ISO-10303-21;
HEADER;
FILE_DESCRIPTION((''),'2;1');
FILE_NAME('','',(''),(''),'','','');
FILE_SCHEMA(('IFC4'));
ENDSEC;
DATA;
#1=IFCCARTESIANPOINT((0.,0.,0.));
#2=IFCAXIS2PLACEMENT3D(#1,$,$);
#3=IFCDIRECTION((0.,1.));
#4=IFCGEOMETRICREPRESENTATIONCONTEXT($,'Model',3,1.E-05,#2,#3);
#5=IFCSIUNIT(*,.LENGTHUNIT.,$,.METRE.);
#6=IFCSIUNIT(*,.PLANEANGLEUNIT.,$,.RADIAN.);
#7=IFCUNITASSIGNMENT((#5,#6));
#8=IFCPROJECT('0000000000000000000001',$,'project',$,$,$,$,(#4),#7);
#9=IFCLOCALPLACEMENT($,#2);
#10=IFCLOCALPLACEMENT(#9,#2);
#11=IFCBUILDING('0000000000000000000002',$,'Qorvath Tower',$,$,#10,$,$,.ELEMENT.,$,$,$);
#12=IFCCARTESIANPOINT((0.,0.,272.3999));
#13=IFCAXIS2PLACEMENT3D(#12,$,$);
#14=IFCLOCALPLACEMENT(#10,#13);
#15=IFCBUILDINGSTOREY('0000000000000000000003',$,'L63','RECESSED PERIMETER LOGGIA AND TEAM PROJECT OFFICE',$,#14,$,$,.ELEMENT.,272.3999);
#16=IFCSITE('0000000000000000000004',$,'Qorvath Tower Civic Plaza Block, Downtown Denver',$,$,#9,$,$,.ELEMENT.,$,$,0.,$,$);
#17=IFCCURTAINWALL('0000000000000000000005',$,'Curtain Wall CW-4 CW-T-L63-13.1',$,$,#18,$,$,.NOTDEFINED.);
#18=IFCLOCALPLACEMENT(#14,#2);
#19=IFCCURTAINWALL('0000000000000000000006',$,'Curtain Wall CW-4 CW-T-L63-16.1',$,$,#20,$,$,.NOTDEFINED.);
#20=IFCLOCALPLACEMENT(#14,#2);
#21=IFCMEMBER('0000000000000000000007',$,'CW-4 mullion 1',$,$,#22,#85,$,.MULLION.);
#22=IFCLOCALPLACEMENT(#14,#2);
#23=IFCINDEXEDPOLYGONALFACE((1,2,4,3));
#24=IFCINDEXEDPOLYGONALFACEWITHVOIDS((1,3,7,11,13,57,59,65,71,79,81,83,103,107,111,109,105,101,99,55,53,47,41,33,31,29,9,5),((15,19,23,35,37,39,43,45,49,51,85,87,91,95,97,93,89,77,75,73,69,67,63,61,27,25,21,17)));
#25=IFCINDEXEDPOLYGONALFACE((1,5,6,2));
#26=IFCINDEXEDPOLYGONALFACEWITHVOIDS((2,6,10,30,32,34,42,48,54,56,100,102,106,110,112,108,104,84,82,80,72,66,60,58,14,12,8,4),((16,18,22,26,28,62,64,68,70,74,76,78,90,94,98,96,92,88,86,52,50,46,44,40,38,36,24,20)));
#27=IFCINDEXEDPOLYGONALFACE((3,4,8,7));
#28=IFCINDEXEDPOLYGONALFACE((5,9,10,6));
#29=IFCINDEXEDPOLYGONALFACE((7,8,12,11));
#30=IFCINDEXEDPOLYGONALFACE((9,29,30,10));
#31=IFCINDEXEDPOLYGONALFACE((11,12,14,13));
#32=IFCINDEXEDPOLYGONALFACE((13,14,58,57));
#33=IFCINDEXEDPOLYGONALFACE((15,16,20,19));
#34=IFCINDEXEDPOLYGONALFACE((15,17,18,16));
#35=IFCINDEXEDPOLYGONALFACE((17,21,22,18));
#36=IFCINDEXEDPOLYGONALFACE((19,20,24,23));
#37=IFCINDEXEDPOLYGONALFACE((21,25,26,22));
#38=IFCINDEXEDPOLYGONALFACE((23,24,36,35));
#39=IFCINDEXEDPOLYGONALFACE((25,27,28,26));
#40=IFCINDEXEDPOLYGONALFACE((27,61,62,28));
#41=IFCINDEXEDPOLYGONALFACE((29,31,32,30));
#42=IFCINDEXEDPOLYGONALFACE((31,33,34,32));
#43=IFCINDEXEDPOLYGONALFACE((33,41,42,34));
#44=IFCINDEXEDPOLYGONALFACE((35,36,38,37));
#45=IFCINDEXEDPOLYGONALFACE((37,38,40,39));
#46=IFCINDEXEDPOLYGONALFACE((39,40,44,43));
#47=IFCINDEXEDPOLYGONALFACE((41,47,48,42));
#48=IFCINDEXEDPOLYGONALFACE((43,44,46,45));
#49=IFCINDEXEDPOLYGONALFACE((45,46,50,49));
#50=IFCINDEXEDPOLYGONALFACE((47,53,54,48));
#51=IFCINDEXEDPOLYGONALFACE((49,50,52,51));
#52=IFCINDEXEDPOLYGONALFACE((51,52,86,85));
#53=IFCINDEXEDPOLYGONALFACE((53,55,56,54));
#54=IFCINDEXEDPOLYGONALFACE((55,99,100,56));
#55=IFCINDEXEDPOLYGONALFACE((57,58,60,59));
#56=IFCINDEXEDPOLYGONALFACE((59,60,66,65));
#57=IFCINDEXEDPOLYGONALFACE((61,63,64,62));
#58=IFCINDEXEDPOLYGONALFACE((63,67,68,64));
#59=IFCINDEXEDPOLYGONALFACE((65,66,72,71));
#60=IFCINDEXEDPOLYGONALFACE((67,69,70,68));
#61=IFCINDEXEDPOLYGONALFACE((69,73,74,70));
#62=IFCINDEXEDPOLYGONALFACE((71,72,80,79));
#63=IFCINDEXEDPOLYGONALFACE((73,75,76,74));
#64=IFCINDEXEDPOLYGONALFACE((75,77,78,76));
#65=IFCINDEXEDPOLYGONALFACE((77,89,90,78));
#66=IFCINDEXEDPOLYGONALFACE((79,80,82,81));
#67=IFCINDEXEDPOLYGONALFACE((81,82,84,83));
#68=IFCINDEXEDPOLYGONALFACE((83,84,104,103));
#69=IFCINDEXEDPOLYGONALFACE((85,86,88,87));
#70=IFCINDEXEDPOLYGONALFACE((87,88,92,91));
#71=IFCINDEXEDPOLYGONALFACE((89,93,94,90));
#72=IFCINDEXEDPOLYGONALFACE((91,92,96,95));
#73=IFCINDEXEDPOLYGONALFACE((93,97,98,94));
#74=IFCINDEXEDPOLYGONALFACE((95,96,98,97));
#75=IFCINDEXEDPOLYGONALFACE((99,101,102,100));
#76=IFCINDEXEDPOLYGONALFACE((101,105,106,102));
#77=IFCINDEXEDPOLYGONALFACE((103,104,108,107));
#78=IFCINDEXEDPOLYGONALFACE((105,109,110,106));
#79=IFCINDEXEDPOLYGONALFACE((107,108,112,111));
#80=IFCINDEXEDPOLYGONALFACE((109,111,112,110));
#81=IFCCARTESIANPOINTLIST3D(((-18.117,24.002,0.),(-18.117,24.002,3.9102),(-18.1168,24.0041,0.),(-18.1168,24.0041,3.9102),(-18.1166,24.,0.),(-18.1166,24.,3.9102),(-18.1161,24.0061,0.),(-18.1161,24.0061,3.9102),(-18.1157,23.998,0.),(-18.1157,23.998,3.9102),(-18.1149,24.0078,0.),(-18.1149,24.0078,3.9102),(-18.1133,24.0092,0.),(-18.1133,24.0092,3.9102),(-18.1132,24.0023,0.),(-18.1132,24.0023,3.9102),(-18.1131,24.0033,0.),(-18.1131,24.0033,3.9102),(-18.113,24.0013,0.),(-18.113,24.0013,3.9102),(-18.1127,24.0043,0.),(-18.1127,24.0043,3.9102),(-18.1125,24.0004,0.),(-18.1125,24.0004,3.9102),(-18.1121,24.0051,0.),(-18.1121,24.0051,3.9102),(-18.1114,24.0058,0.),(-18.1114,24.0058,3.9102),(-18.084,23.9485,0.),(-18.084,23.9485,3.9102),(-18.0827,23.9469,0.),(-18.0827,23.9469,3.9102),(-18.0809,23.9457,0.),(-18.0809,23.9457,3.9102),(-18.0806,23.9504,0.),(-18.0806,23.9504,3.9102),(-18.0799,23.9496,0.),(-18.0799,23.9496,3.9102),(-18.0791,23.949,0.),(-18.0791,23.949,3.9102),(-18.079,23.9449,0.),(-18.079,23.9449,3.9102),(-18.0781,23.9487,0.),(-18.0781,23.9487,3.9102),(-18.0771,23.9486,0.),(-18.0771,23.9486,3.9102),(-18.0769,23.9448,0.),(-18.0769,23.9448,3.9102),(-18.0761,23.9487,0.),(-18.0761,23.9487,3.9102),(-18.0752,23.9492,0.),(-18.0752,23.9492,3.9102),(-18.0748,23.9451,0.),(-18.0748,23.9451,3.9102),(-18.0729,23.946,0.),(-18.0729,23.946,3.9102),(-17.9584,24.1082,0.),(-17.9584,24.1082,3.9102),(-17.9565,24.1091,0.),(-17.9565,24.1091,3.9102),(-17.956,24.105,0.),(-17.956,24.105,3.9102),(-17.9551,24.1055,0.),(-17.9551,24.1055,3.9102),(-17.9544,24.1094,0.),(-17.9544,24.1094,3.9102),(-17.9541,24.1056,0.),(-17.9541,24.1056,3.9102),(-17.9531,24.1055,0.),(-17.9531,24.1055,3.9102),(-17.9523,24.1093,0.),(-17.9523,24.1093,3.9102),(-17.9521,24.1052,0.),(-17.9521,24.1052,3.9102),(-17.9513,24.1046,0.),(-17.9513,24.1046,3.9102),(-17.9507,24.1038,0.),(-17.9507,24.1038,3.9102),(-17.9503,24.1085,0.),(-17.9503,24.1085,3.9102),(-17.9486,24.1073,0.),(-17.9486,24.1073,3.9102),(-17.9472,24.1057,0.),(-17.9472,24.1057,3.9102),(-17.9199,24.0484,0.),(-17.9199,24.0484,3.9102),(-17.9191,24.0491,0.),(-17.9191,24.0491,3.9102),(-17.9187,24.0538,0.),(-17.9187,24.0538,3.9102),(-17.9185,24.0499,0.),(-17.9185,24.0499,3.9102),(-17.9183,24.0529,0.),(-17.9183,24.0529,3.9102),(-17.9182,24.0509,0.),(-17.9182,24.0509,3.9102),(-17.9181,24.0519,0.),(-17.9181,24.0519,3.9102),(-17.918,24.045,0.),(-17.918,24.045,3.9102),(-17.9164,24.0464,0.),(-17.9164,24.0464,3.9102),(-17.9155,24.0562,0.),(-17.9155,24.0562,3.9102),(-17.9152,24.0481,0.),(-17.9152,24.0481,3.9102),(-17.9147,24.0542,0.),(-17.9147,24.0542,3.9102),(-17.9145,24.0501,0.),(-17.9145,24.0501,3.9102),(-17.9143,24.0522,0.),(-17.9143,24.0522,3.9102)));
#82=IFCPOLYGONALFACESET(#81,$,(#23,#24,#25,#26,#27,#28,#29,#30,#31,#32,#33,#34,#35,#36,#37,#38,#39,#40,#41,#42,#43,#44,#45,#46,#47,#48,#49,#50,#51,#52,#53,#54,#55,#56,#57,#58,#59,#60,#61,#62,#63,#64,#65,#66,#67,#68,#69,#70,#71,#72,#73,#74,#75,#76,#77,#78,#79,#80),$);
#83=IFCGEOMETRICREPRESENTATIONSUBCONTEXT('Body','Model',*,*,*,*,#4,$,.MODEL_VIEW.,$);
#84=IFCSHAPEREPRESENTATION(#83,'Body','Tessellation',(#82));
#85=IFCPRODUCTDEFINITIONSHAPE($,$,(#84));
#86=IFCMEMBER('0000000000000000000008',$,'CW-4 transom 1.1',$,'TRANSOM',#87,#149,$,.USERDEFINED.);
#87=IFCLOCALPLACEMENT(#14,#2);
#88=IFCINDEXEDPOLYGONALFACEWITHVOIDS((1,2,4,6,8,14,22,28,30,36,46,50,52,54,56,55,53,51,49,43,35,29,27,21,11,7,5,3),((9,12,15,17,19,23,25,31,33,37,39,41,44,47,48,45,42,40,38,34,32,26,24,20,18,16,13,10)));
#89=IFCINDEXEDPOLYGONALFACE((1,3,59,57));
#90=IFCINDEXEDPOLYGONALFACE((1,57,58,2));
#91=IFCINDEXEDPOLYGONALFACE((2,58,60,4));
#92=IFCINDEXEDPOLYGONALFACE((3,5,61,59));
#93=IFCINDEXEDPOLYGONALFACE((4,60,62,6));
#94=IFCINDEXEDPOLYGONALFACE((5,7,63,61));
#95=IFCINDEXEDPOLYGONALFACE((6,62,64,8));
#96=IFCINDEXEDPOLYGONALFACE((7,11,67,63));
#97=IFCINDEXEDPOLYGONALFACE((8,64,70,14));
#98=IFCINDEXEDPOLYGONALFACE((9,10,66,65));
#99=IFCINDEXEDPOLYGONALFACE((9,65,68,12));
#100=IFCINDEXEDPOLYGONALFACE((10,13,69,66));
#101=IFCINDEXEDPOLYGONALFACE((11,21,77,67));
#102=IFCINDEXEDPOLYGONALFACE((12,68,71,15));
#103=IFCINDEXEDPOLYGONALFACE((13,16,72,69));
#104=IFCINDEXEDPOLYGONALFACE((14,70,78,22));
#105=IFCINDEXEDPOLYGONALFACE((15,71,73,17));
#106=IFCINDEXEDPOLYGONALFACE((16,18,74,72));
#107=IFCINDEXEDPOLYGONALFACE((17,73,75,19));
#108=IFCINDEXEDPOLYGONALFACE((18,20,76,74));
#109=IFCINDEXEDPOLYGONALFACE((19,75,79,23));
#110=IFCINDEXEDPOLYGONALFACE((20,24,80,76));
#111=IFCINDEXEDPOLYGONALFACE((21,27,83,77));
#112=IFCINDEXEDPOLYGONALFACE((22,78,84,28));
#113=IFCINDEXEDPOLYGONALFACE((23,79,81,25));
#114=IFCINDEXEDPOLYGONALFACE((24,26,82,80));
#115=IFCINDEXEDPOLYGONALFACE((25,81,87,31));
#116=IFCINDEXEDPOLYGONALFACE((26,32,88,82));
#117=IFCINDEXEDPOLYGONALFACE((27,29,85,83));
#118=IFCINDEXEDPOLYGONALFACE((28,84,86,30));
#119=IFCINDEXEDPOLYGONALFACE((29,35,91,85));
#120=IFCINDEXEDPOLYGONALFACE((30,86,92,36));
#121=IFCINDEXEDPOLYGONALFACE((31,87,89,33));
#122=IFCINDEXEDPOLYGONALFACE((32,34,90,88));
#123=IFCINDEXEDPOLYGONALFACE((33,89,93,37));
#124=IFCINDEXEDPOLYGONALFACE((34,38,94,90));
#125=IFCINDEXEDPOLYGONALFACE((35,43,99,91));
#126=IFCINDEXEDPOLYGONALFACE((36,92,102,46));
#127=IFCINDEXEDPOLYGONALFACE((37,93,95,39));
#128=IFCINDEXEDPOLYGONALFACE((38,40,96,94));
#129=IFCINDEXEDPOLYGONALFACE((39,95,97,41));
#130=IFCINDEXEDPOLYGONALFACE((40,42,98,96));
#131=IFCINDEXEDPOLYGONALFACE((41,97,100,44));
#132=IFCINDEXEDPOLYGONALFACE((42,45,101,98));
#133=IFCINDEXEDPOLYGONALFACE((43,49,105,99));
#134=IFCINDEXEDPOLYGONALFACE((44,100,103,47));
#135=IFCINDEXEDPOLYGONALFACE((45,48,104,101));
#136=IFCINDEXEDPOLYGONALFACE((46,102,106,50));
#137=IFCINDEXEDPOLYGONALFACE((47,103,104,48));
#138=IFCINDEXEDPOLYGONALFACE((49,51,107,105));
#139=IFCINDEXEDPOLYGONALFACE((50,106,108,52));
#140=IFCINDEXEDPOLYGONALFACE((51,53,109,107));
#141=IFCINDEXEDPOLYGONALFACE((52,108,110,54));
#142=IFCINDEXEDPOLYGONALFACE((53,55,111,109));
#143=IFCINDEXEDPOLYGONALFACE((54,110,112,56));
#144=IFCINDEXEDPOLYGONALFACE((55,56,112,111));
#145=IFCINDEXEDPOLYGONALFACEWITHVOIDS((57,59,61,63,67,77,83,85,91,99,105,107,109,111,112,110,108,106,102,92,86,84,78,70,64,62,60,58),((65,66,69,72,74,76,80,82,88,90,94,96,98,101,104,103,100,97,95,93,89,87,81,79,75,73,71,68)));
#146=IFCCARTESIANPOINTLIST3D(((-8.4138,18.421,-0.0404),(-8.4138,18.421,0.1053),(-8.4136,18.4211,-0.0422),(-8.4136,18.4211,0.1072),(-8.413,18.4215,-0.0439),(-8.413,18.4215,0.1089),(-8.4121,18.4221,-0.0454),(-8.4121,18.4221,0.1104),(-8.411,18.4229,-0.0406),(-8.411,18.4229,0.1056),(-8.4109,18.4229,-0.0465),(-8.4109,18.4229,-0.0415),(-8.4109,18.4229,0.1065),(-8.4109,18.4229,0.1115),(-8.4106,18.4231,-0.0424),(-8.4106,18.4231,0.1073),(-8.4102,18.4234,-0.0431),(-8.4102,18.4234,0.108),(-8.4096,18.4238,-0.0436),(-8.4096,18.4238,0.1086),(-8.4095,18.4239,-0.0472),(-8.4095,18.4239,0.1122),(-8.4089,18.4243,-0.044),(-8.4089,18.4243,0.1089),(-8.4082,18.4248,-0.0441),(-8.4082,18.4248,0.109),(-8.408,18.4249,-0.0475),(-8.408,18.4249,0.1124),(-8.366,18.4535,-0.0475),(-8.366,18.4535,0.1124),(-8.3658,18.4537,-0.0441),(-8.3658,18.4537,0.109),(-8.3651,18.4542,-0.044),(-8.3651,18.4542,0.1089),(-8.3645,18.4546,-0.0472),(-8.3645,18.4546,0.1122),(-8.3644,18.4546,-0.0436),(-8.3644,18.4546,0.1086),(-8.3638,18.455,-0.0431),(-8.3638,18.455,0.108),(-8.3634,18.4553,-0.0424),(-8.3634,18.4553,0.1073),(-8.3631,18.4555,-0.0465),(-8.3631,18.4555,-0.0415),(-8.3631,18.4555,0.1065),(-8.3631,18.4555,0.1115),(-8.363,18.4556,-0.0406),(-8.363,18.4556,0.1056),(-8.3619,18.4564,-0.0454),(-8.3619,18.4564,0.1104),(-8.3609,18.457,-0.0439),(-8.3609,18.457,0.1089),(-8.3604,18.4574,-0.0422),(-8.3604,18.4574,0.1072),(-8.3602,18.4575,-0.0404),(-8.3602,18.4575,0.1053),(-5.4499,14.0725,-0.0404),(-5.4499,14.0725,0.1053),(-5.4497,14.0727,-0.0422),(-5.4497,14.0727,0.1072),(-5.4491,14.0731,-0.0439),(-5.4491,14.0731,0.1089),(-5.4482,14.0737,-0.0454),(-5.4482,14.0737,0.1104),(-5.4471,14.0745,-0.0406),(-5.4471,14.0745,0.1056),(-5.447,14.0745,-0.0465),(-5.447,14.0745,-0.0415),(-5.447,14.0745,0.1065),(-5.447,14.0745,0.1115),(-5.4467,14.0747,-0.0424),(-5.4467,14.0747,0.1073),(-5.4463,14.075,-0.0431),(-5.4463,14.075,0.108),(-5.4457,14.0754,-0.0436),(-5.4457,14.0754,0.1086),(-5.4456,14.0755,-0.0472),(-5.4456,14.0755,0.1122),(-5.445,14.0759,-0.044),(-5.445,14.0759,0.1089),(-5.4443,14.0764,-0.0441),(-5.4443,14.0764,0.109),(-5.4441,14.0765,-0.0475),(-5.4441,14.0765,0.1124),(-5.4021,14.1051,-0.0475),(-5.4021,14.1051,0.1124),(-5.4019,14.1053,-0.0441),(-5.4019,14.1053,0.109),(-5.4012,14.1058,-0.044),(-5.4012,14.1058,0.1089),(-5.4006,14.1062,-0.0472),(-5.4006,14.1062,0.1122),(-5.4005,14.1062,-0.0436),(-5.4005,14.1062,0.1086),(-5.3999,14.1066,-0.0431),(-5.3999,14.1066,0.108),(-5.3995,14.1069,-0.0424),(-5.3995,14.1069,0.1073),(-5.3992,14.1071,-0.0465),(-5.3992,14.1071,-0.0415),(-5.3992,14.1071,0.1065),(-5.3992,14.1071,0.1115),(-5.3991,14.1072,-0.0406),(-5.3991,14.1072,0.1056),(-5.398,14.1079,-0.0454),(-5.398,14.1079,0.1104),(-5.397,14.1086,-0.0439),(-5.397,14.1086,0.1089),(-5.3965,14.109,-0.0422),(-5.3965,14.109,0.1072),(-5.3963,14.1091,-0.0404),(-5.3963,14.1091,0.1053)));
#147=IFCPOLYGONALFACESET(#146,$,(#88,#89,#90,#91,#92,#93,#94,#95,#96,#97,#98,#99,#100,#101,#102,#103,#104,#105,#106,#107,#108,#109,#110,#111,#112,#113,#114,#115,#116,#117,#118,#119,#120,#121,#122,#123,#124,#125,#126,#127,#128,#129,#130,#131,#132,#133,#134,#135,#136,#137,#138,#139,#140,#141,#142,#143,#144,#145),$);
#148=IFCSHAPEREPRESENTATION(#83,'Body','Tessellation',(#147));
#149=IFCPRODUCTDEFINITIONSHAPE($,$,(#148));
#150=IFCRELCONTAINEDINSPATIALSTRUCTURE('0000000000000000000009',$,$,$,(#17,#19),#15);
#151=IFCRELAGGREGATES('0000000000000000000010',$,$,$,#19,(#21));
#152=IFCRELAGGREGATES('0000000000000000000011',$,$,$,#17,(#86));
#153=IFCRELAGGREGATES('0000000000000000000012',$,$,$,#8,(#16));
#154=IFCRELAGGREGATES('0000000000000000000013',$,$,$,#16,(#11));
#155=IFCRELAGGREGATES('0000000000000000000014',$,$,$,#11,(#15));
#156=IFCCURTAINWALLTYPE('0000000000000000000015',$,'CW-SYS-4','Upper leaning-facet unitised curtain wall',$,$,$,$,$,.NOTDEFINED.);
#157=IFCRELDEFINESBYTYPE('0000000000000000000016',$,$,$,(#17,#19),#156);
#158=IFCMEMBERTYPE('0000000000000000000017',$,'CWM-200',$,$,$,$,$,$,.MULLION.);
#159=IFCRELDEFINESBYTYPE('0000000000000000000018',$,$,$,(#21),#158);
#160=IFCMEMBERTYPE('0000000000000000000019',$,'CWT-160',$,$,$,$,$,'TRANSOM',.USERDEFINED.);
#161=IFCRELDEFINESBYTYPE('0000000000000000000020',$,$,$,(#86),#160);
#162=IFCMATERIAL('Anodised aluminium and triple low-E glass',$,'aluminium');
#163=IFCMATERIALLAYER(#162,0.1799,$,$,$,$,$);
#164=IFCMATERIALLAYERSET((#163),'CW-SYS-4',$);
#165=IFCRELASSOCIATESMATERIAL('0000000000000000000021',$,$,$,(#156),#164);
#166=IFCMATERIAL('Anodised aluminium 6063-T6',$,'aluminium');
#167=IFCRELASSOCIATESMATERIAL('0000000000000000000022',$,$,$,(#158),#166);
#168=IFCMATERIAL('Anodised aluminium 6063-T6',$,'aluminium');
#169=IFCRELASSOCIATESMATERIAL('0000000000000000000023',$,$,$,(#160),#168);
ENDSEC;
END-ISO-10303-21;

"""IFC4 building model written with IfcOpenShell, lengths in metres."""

from ifc_helpers import new_model, si_unit, direction, frame, origin, origin_2d, place, context, subcontext, project, spatial, hollow_rectangle, extrude, material, layer, layer_set, material_profile, profile_set, type_object, element, aggregate, save


model = new_model("IFC4")

# Units and contexts
model_context = context("Model", 3, precision=1e-05, world=origin(), true_north=direction((0.0, 1.0)))
body_context = subcontext(model_context, "Body", "Model", "MODEL_VIEW")
ifc_project = project(units=[si_unit("LENGTHUNIT", "METRE"), si_unit("PLANEANGLEUNIT", "RADIAN")], contexts=[model_context])

# Site, building, storey
site_placement = place(None, origin())
site = spatial("IfcSite", under=ifc_project, at=site_placement, Name="Qorvath Tower Civic Plaza Block, Downtown Denver", CompositionType="ELEMENT", RefElevation=0.0)
building_placement = place(site_placement, origin())
building = spatial("IfcBuilding", under=site, at=building_placement, Name="Qorvath Tower", CompositionType="ELEMENT")
storey_placement = place(building_placement, frame((0.0, 0.0, 272.3999)))
storey = spatial("IfcBuildingStorey", under=building, at=storey_placement, Name="L63", Description="RECESSED PERIMETER LOGGIA AND TEAM PROJECT OFFICE", CompositionType="ELEMENT", Elevation=272.3999)

# Shared definitions
ifc_material_1 = material(Name="Anodised aluminium and triple low-E glass", Category="aluminium")
ifc_layer_1 = layer(ifc_material_1, 0.1799)
ifc_layer_set_1 = layer_set([ifc_layer_1], Name="CW-SYS-4")
curtain_wall_type = type_object("IfcCurtainWallType", Name="CW-SYS-4", Description="Upper leaning-facet unitised curtain wall", PredefinedType="NOTDEFINED", material=ifc_layer_set_1)
ifc_material_2 = material(Name="Anodised aluminium 6063-T6", Category="aluminium")
ifc_material_profile_1 = material_profile(ifc_material_2, hollow_rectangle(XDim=0.075, YDim=0.2, WallThickness=0.0039, InnerFilletRadius=0.0039, OuterFilletRadius=0.0081, at=origin_2d()), Name="CWM 200x75")
ifc_profile_set_1 = profile_set([ifc_material_profile_1], Name="Anodised aluminium 6063-T6")
member_type_1 = type_object("IfcMemberType", Name="CWM-200", PredefinedType="MULLION", material=ifc_profile_set_1)

# Curtain wall
curtain_wall_1_placement = place(storey_placement, origin())
curtain_wall_1 = element("IfcCurtainWall", 1, at=curtain_wall_1_placement, inside=storey, type_object=curtain_wall_type, Name="Curtain Wall CW-4 CW-T-L63-13.1", PredefinedType="NOTDEFINED")

# Curtain wall, member
curtain_wall_2_placement = place(storey_placement, origin())
curtain_wall_2 = element("IfcCurtainWall", 2, at=curtain_wall_2_placement, inside=storey, type_object=curtain_wall_type, Name="Curtain Wall CW-4 CW-T-L63-16.1", PredefinedType="NOTDEFINED")
member_1_placement = place(storey_placement, frame((-18.0156, 24.0271, 0.0), z_axis=(0.0, 0.0, 1.0), x_axis=(0.538534, -0.842604, 0.0)))
member_1 = element("IfcMember", 3, at=member_1_placement, type_object=member_type_1, Name="CW-4 mullion 1", PredefinedType="MULLION", context=body_context, shape_type="SweptSolid", body=[
    extrude(hollow_rectangle(XDim=0.075, YDim=0.2, WallThickness=0.0039, InnerFilletRadius=0.0039, OuterFilletRadius=0.0081, at=origin_2d()), origin(), (0.0, 0.0, 1.0), 3.9102),
])

# Member
ifc_material_3 = material(Name="Anodised aluminium 6063-T6", Category="aluminium")
ifc_material_profile_2 = material_profile(ifc_material_3, hollow_rectangle(XDim=0.0649, YDim=0.1599, WallThickness=0.0034, InnerFilletRadius=0.0034, OuterFilletRadius=0.0071, at=origin_2d()), Name="CWT 160x65")
ifc_profile_set_2 = profile_set([ifc_material_profile_2], Name="Anodised aluminium 6063-T6")
member_type_2 = type_object("IfcMemberType", Name="CWT-160", ElementType="TRANSOM", PredefinedType="USERDEFINED", material=ifc_profile_set_2)
member_2_placement = place(storey_placement, frame((-5.4231, 14.0908, 0.0325), z_axis=(-0.563214, 0.826311, 0.0), x_axis=(-0.826311, -0.563214, 0.0)))
member_2 = element("IfcMember", 4, at=member_2_placement, type_object=member_type_2, Name="CW-4 transom 1.1", ObjectType="TRANSOM", PredefinedType="USERDEFINED", context=body_context, shape_type="SweptSolid", body=[
    extrude(hollow_rectangle(XDim=0.0649, YDim=0.1599, WallThickness=0.0034, InnerFilletRadius=0.0034, OuterFilletRadius=0.0071, at=origin_2d()), origin(), (0.0, 0.0, 1.0), 5.2625),
])
aggregate(curtain_wall_2, [member_1])

aggregate(curtain_wall_1, [member_2])

save(model, "model.ifc")
